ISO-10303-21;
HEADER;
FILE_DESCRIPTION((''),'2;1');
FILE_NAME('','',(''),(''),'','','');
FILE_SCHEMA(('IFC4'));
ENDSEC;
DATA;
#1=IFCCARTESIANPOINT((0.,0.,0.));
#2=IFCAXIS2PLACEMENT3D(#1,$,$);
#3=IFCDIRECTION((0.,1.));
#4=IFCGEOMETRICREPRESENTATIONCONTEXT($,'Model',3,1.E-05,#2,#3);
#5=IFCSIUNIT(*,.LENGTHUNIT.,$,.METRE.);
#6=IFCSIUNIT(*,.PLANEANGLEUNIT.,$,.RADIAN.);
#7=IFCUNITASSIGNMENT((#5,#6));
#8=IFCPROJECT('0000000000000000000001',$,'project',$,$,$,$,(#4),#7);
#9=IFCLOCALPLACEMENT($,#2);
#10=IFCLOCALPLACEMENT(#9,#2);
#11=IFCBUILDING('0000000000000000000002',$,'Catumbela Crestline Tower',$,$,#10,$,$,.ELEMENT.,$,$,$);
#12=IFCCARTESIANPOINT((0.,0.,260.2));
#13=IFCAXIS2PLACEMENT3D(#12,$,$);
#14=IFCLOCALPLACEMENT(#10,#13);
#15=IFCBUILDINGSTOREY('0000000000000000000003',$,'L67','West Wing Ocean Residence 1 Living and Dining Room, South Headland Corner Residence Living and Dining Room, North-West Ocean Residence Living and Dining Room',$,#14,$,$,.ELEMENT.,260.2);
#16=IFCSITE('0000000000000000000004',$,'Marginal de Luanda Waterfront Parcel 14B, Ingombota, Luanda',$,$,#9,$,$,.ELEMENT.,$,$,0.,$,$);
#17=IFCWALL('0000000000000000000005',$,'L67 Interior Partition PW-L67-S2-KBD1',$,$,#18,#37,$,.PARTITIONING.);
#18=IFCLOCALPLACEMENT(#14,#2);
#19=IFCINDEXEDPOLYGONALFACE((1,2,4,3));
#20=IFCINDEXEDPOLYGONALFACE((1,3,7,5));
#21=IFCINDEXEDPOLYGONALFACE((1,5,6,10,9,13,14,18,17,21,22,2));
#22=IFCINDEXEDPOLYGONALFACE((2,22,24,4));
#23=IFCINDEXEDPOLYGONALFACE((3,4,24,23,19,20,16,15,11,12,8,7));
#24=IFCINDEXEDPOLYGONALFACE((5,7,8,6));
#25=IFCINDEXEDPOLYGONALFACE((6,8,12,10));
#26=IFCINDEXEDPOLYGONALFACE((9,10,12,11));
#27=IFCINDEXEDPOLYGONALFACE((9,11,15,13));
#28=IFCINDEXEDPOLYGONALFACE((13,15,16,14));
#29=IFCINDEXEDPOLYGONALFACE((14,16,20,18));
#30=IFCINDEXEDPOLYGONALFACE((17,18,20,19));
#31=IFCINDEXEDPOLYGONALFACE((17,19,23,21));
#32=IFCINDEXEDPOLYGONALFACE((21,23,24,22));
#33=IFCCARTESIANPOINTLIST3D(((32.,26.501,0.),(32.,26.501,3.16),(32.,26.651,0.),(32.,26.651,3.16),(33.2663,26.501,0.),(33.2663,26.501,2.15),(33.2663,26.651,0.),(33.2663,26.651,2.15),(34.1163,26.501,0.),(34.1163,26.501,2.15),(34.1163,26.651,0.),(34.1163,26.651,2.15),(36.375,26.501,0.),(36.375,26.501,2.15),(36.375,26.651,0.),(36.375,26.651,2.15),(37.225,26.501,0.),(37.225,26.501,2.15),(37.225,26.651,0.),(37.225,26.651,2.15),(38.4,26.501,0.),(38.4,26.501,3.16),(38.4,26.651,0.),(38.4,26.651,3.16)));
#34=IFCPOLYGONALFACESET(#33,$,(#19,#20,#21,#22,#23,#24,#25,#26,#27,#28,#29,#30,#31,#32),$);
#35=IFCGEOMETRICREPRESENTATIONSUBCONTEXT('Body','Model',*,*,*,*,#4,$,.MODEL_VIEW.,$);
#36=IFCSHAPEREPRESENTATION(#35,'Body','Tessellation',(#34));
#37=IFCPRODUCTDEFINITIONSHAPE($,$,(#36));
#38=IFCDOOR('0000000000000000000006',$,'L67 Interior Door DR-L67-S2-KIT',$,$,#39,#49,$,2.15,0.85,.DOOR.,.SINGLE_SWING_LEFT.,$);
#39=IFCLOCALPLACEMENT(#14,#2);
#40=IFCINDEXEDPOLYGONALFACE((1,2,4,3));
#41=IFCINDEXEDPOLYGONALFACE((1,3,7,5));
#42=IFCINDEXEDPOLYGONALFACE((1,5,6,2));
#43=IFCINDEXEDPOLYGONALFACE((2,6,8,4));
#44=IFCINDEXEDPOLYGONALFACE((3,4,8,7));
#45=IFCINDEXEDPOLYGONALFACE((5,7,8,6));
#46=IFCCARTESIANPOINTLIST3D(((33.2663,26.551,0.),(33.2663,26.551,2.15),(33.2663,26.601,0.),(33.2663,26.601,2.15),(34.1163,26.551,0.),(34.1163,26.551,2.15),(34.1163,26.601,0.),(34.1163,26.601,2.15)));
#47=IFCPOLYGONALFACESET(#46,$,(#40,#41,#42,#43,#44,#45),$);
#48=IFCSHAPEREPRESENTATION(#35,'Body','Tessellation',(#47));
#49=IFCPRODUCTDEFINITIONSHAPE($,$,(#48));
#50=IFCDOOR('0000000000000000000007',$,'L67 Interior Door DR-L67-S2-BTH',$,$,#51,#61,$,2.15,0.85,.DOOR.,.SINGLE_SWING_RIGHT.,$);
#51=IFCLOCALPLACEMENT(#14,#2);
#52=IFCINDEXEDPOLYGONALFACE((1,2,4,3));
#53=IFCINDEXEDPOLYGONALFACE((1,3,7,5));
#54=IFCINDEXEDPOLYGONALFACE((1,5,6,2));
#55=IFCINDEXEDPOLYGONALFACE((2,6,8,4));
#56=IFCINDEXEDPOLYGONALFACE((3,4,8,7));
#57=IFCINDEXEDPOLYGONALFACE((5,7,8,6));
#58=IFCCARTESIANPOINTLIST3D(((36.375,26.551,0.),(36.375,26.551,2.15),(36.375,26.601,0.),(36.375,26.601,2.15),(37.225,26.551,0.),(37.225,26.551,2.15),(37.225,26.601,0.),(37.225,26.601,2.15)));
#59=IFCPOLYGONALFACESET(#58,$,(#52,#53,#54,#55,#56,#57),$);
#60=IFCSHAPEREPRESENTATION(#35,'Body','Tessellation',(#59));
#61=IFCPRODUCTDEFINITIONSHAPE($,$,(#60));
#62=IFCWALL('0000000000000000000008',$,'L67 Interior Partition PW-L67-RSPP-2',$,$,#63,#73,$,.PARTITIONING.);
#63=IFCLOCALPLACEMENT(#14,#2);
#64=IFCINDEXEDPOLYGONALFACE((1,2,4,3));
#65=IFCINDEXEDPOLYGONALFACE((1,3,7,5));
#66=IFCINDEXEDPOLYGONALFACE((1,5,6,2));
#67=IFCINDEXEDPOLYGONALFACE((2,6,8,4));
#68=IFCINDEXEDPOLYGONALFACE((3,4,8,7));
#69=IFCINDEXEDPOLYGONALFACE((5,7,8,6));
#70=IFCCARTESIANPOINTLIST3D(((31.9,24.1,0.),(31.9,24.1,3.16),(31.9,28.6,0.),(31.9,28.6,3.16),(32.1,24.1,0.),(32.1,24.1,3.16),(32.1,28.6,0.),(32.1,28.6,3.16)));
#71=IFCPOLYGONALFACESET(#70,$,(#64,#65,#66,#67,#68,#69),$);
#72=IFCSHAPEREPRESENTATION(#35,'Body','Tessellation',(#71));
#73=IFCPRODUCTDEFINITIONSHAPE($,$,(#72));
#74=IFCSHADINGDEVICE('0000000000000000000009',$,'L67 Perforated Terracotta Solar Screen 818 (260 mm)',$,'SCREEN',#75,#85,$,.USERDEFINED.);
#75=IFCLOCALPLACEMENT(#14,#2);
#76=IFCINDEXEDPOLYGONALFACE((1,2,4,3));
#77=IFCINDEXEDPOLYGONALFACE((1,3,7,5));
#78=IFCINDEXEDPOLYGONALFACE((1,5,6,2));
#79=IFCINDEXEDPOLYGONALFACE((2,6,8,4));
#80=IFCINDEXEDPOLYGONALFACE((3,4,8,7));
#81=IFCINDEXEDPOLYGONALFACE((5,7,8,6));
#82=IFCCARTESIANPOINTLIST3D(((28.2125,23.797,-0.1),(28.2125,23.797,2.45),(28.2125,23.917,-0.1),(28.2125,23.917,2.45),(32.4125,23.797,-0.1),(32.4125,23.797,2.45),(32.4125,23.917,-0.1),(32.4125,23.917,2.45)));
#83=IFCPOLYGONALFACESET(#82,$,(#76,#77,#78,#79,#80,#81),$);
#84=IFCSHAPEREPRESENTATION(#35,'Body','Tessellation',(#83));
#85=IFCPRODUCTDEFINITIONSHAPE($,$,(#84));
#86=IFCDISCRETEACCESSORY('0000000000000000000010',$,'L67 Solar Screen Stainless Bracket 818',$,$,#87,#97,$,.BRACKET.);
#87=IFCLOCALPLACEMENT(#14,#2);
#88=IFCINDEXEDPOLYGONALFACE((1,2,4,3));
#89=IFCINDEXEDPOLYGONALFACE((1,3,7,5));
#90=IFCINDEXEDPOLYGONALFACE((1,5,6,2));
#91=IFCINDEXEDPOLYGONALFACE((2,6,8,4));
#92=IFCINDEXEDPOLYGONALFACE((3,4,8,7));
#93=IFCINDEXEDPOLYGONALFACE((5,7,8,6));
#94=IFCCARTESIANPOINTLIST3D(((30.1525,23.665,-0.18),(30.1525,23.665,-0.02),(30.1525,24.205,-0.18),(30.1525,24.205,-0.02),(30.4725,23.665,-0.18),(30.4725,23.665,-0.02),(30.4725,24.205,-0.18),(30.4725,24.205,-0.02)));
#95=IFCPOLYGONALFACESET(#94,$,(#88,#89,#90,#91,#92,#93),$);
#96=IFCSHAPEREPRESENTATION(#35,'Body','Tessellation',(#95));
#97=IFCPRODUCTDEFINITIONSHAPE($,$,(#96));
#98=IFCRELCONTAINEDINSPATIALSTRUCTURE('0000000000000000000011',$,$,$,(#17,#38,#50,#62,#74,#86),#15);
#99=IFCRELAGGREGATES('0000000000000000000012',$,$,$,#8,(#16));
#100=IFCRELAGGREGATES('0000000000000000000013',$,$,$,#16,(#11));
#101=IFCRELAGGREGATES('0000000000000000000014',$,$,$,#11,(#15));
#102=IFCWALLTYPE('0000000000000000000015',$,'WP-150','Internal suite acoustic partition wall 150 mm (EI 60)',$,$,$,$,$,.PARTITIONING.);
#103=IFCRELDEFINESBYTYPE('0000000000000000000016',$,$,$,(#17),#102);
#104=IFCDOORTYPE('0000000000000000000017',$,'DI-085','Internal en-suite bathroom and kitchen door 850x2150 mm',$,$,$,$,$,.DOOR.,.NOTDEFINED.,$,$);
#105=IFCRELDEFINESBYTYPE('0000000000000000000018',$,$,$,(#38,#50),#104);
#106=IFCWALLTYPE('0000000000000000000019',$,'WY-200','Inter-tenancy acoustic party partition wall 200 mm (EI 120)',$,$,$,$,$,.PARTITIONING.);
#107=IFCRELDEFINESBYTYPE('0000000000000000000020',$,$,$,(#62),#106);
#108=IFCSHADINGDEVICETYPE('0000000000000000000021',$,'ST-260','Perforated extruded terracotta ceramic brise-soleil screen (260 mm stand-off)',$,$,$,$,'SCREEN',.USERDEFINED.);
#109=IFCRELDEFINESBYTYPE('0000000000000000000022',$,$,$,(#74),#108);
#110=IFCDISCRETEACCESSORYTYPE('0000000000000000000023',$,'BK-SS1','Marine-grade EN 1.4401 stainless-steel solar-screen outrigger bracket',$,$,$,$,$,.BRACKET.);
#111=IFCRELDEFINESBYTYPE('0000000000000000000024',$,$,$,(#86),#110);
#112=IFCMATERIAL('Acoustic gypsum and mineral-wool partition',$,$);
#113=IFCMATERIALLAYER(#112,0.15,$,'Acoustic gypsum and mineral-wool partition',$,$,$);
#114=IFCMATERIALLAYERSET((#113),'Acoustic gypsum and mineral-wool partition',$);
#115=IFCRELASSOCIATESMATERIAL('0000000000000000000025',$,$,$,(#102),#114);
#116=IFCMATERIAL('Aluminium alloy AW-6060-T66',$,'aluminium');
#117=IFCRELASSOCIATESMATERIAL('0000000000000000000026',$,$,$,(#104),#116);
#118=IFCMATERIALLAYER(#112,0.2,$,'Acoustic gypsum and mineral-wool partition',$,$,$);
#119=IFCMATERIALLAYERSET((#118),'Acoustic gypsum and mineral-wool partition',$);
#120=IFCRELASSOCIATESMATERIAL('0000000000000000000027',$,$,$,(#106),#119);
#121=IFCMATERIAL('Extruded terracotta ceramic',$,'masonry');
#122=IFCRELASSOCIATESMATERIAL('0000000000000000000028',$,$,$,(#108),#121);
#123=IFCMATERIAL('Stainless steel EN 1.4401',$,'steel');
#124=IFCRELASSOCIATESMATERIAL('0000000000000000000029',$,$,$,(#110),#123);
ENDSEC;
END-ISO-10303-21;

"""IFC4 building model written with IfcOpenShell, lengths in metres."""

from ifc_helpers import new_model, si_unit, direction, frame, frame_2d, origin, origin_2d, place, context, subcontext, project, spatial, rectangle, extrude, material, layer, layer_set, type_object, element, fill, save


model = new_model("IFC4")

# Units and contexts
model_context = context("Model", 3, precision=1e-05, world=origin(), true_north=direction((0.0, 1.0)))
body_context = subcontext(model_context, "Body", "Model", "MODEL_VIEW")
ifc_project = project(units=[si_unit("LENGTHUNIT", "METRE"), si_unit("PLANEANGLEUNIT", "RADIAN")], contexts=[model_context])

# Site, building, storey
site_placement = place(None, origin())
site = spatial("IfcSite", under=ifc_project, at=site_placement, Name="Marginal de Luanda Waterfront Parcel 14B, Ingombota, Luanda", CompositionType="ELEMENT", RefElevation=0.0)
building_placement = place(site_placement, origin())
building = spatial("IfcBuilding", under=site, at=building_placement, Name="Catumbela Crestline Tower", CompositionType="ELEMENT")
storey_placement = place(building_placement, frame((0.0, 0.0, 260.2)))
storey = spatial("IfcBuildingStorey", under=building, at=storey_placement, Name="L67", Description="West Wing Ocean Residence 1 Living and Dining Room, South Headland Corner Residence Living and Dining Room, North-West Ocean Residence Living and Dining Room", CompositionType="ELEMENT", Elevation=260.2)

# Shared definitions
ifc_material_1 = material(Name="Aluminium alloy AW-6060-T66", Category="aluminium")

# Wall, openings, doors
ifc_material_2 = material(Name="Acoustic gypsum and mineral-wool partition")
ifc_layer_1 = layer(ifc_material_2, 0.15, Name="Acoustic gypsum and mineral-wool partition")
ifc_layer_set_1 = layer_set([ifc_layer_1], Name="Acoustic gypsum and mineral-wool partition")
wall_type_1 = type_object("IfcWallType", Name="WP-150", Description="Internal suite acoustic partition wall 150 mm (EI 60)", PredefinedType="PARTITIONING", material=ifc_layer_set_1)
wall_1_placement = place(storey_placement, frame((32.0, 26.576, 0.0), z_axis=(0.0, 0.0, 1.0), x_axis=(1.0, 0.0, 0.0)))
wall_1 = element("IfcWall", 1, at=wall_1_placement, inside=storey, type_object=wall_type_1, Name="L67 Interior Partition PW-L67-S2-KBD1", PredefinedType="PARTITIONING", context=body_context, shape_type="SweptSolid", body=[
    extrude(rectangle(XDim=6.4, YDim=0.15, at=frame_2d((3.2, 0.0))), origin(), (0.0, 0.0, 1.0), 3.16),
])
opening_1_placement = place(wall_1_placement, frame((1.2663, 0.0, 0.0)))
opening_1 = element("IfcOpeningElement", 2, at=opening_1_placement, cuts=wall_1, PredefinedType="OPENING", context=body_context, shape_type="SweptSolid", body=[
    extrude(rectangle(XDim=0.85, YDim=2.15, at=frame_2d((0.425, 1.075))), frame((0.0, 0.085, 0.0), z_axis=(0.0, -1.0, 0.0), x_axis=(1.0, 0.0, 0.0)), (0.0, 0.0, 1.0), 0.17),
])
opening_2_placement = place(wall_1_placement, frame((4.375, 0.0, 0.0)))
opening_2 = element("IfcOpeningElement", 3, at=opening_2_placement, cuts=wall_1, PredefinedType="OPENING", context=body_context, shape_type="SweptSolid", body=[
    extrude(rectangle(XDim=0.85, YDim=2.15, at=frame_2d((0.425, 1.075))), frame((0.0, 0.085, 0.0), z_axis=(0.0, -1.0, 0.0), x_axis=(1.0, 0.0, 0.0)), (0.0, 0.0, 1.0), 0.17),
])
door_type_1 = type_object("IfcDoorType", Name="DI-085", Description="Internal en-suite bathroom and kitchen door 850x2150 mm", OperationType="NOTDEFINED", PredefinedType="DOOR", material=ifc_material_1)
door_1_placement = place(opening_1_placement, origin())
door_1 = element("IfcDoor", 4, at=door_1_placement, inside=storey, type_object=door_type_1, Name="L67 Interior Door DR-L67-S2-KIT", OperationType="SINGLE_SWING_LEFT", OverallHeight=2.15, OverallWidth=0.85, PredefinedType="DOOR", context=body_context, shape_type="SweptSolid", body=[
    extrude(rectangle(XDim=0.85, YDim=2.15, at=frame_2d((0.425, 1.075))), frame((0.0, 0.025, 0.0), z_axis=(0.0, -1.0, 0.0), x_axis=(1.0, 0.0, 0.0)), (0.0, 0.0, 1.0), 0.05),
])
fill(opening_1, door_1)
door_2_placement = place(opening_2_placement, origin())
door_2 = element("IfcDoor", 5, at=door_2_placement, inside=storey, type_object=door_type_1, Name="L67 Interior Door DR-L67-S2-BTH", OperationType="SINGLE_SWING_RIGHT", OverallHeight=2.15, OverallWidth=0.85, PredefinedType="DOOR", context=body_context, shape_type="SweptSolid", body=[
    extrude(rectangle(XDim=0.85, YDim=2.15, at=frame_2d((0.425, 1.075))), frame((0.0, 0.025, 0.0), z_axis=(0.0, -1.0, 0.0), x_axis=(1.0, 0.0, 0.0)), (0.0, 0.0, 1.0), 0.05),
])
fill(opening_2, door_2)

# Wall
ifc_layer_2 = layer(ifc_material_2, 0.2, Name="Acoustic gypsum and mineral-wool partition")
ifc_layer_set_2 = layer_set([ifc_layer_2], Name="Acoustic gypsum and mineral-wool partition")
wall_type_2 = type_object("IfcWallType", Name="WY-200", Description="Inter-tenancy acoustic party partition wall 200 mm (EI 120)", PredefinedType="PARTITIONING", material=ifc_layer_set_2)
wall_2_placement = place(storey_placement, frame((32.0, 24.1, 0.0), z_axis=(0.0, 0.0, 1.0), x_axis=(0.0, 1.0, 0.0)))
element("IfcWall", 6, at=wall_2_placement, inside=storey, type_object=wall_type_2, Name="L67 Interior Partition PW-L67-RSPP-2", PredefinedType="PARTITIONING", context=body_context, shape_type="SweptSolid", body=[
    extrude(rectangle(XDim=4.5, YDim=0.2, at=frame_2d((2.25, 0.0))), origin(), (0.0, 0.0, 1.0), 3.16),
])

# Shading device
ifc_material_3 = material(Name="Extruded terracotta ceramic", Category="masonry")
shading_device_type = type_object("IfcShadingDeviceType", Name="ST-260", Description="Perforated extruded terracotta ceramic brise-soleil screen (260 mm stand-off)", ElementType="SCREEN", PredefinedType="USERDEFINED", material=ifc_material_3)
shading_device_placement = place(storey_placement, frame((30.3125, 23.857, -0.1), z_axis=(0.0, 0.0, 1.0), x_axis=(1.0, 0.0, 0.0)))
element("IfcShadingDevice", 7, at=shading_device_placement, inside=storey, type_object=shading_device_type, Name="L67 Perforated Terracotta Solar Screen 818 (260 mm)", ObjectType="SCREEN", PredefinedType="USERDEFINED", context=body_context, shape_type="SweptSolid", body=[
    extrude(rectangle(XDim=4.2, YDim=0.12, at=origin_2d()), origin(), (0.0, 0.0, 1.0), 2.55),
])

# Discrete accessory
ifc_material_4 = material(Name="Stainless steel EN 1.4401", Category="steel")
discrete_accessory_type = type_object("IfcDiscreteAccessoryType", Name="BK-SS1", Description="Marine-grade EN 1.4401 stainless-steel solar-screen outrigger bracket", PredefinedType="BRACKET", material=ifc_material_4)
discrete_accessory_placement = place(storey_placement, frame((30.3125, 23.935, -0.18), z_axis=(0.0, 0.0, 1.0), x_axis=(1.0, 0.0, 0.0)))
element("IfcDiscreteAccessory", 8, at=discrete_accessory_placement, inside=storey, type_object=discrete_accessory_type, Name="L67 Solar Screen Stainless Bracket 818", PredefinedType="BRACKET", context=body_context, shape_type="SweptSolid", body=[
    extrude(rectangle(XDim=0.32, YDim=0.54, at=origin_2d()), origin(), (0.0, 0.0, 1.0), 0.16),
])

save(model, "model.ifc")
